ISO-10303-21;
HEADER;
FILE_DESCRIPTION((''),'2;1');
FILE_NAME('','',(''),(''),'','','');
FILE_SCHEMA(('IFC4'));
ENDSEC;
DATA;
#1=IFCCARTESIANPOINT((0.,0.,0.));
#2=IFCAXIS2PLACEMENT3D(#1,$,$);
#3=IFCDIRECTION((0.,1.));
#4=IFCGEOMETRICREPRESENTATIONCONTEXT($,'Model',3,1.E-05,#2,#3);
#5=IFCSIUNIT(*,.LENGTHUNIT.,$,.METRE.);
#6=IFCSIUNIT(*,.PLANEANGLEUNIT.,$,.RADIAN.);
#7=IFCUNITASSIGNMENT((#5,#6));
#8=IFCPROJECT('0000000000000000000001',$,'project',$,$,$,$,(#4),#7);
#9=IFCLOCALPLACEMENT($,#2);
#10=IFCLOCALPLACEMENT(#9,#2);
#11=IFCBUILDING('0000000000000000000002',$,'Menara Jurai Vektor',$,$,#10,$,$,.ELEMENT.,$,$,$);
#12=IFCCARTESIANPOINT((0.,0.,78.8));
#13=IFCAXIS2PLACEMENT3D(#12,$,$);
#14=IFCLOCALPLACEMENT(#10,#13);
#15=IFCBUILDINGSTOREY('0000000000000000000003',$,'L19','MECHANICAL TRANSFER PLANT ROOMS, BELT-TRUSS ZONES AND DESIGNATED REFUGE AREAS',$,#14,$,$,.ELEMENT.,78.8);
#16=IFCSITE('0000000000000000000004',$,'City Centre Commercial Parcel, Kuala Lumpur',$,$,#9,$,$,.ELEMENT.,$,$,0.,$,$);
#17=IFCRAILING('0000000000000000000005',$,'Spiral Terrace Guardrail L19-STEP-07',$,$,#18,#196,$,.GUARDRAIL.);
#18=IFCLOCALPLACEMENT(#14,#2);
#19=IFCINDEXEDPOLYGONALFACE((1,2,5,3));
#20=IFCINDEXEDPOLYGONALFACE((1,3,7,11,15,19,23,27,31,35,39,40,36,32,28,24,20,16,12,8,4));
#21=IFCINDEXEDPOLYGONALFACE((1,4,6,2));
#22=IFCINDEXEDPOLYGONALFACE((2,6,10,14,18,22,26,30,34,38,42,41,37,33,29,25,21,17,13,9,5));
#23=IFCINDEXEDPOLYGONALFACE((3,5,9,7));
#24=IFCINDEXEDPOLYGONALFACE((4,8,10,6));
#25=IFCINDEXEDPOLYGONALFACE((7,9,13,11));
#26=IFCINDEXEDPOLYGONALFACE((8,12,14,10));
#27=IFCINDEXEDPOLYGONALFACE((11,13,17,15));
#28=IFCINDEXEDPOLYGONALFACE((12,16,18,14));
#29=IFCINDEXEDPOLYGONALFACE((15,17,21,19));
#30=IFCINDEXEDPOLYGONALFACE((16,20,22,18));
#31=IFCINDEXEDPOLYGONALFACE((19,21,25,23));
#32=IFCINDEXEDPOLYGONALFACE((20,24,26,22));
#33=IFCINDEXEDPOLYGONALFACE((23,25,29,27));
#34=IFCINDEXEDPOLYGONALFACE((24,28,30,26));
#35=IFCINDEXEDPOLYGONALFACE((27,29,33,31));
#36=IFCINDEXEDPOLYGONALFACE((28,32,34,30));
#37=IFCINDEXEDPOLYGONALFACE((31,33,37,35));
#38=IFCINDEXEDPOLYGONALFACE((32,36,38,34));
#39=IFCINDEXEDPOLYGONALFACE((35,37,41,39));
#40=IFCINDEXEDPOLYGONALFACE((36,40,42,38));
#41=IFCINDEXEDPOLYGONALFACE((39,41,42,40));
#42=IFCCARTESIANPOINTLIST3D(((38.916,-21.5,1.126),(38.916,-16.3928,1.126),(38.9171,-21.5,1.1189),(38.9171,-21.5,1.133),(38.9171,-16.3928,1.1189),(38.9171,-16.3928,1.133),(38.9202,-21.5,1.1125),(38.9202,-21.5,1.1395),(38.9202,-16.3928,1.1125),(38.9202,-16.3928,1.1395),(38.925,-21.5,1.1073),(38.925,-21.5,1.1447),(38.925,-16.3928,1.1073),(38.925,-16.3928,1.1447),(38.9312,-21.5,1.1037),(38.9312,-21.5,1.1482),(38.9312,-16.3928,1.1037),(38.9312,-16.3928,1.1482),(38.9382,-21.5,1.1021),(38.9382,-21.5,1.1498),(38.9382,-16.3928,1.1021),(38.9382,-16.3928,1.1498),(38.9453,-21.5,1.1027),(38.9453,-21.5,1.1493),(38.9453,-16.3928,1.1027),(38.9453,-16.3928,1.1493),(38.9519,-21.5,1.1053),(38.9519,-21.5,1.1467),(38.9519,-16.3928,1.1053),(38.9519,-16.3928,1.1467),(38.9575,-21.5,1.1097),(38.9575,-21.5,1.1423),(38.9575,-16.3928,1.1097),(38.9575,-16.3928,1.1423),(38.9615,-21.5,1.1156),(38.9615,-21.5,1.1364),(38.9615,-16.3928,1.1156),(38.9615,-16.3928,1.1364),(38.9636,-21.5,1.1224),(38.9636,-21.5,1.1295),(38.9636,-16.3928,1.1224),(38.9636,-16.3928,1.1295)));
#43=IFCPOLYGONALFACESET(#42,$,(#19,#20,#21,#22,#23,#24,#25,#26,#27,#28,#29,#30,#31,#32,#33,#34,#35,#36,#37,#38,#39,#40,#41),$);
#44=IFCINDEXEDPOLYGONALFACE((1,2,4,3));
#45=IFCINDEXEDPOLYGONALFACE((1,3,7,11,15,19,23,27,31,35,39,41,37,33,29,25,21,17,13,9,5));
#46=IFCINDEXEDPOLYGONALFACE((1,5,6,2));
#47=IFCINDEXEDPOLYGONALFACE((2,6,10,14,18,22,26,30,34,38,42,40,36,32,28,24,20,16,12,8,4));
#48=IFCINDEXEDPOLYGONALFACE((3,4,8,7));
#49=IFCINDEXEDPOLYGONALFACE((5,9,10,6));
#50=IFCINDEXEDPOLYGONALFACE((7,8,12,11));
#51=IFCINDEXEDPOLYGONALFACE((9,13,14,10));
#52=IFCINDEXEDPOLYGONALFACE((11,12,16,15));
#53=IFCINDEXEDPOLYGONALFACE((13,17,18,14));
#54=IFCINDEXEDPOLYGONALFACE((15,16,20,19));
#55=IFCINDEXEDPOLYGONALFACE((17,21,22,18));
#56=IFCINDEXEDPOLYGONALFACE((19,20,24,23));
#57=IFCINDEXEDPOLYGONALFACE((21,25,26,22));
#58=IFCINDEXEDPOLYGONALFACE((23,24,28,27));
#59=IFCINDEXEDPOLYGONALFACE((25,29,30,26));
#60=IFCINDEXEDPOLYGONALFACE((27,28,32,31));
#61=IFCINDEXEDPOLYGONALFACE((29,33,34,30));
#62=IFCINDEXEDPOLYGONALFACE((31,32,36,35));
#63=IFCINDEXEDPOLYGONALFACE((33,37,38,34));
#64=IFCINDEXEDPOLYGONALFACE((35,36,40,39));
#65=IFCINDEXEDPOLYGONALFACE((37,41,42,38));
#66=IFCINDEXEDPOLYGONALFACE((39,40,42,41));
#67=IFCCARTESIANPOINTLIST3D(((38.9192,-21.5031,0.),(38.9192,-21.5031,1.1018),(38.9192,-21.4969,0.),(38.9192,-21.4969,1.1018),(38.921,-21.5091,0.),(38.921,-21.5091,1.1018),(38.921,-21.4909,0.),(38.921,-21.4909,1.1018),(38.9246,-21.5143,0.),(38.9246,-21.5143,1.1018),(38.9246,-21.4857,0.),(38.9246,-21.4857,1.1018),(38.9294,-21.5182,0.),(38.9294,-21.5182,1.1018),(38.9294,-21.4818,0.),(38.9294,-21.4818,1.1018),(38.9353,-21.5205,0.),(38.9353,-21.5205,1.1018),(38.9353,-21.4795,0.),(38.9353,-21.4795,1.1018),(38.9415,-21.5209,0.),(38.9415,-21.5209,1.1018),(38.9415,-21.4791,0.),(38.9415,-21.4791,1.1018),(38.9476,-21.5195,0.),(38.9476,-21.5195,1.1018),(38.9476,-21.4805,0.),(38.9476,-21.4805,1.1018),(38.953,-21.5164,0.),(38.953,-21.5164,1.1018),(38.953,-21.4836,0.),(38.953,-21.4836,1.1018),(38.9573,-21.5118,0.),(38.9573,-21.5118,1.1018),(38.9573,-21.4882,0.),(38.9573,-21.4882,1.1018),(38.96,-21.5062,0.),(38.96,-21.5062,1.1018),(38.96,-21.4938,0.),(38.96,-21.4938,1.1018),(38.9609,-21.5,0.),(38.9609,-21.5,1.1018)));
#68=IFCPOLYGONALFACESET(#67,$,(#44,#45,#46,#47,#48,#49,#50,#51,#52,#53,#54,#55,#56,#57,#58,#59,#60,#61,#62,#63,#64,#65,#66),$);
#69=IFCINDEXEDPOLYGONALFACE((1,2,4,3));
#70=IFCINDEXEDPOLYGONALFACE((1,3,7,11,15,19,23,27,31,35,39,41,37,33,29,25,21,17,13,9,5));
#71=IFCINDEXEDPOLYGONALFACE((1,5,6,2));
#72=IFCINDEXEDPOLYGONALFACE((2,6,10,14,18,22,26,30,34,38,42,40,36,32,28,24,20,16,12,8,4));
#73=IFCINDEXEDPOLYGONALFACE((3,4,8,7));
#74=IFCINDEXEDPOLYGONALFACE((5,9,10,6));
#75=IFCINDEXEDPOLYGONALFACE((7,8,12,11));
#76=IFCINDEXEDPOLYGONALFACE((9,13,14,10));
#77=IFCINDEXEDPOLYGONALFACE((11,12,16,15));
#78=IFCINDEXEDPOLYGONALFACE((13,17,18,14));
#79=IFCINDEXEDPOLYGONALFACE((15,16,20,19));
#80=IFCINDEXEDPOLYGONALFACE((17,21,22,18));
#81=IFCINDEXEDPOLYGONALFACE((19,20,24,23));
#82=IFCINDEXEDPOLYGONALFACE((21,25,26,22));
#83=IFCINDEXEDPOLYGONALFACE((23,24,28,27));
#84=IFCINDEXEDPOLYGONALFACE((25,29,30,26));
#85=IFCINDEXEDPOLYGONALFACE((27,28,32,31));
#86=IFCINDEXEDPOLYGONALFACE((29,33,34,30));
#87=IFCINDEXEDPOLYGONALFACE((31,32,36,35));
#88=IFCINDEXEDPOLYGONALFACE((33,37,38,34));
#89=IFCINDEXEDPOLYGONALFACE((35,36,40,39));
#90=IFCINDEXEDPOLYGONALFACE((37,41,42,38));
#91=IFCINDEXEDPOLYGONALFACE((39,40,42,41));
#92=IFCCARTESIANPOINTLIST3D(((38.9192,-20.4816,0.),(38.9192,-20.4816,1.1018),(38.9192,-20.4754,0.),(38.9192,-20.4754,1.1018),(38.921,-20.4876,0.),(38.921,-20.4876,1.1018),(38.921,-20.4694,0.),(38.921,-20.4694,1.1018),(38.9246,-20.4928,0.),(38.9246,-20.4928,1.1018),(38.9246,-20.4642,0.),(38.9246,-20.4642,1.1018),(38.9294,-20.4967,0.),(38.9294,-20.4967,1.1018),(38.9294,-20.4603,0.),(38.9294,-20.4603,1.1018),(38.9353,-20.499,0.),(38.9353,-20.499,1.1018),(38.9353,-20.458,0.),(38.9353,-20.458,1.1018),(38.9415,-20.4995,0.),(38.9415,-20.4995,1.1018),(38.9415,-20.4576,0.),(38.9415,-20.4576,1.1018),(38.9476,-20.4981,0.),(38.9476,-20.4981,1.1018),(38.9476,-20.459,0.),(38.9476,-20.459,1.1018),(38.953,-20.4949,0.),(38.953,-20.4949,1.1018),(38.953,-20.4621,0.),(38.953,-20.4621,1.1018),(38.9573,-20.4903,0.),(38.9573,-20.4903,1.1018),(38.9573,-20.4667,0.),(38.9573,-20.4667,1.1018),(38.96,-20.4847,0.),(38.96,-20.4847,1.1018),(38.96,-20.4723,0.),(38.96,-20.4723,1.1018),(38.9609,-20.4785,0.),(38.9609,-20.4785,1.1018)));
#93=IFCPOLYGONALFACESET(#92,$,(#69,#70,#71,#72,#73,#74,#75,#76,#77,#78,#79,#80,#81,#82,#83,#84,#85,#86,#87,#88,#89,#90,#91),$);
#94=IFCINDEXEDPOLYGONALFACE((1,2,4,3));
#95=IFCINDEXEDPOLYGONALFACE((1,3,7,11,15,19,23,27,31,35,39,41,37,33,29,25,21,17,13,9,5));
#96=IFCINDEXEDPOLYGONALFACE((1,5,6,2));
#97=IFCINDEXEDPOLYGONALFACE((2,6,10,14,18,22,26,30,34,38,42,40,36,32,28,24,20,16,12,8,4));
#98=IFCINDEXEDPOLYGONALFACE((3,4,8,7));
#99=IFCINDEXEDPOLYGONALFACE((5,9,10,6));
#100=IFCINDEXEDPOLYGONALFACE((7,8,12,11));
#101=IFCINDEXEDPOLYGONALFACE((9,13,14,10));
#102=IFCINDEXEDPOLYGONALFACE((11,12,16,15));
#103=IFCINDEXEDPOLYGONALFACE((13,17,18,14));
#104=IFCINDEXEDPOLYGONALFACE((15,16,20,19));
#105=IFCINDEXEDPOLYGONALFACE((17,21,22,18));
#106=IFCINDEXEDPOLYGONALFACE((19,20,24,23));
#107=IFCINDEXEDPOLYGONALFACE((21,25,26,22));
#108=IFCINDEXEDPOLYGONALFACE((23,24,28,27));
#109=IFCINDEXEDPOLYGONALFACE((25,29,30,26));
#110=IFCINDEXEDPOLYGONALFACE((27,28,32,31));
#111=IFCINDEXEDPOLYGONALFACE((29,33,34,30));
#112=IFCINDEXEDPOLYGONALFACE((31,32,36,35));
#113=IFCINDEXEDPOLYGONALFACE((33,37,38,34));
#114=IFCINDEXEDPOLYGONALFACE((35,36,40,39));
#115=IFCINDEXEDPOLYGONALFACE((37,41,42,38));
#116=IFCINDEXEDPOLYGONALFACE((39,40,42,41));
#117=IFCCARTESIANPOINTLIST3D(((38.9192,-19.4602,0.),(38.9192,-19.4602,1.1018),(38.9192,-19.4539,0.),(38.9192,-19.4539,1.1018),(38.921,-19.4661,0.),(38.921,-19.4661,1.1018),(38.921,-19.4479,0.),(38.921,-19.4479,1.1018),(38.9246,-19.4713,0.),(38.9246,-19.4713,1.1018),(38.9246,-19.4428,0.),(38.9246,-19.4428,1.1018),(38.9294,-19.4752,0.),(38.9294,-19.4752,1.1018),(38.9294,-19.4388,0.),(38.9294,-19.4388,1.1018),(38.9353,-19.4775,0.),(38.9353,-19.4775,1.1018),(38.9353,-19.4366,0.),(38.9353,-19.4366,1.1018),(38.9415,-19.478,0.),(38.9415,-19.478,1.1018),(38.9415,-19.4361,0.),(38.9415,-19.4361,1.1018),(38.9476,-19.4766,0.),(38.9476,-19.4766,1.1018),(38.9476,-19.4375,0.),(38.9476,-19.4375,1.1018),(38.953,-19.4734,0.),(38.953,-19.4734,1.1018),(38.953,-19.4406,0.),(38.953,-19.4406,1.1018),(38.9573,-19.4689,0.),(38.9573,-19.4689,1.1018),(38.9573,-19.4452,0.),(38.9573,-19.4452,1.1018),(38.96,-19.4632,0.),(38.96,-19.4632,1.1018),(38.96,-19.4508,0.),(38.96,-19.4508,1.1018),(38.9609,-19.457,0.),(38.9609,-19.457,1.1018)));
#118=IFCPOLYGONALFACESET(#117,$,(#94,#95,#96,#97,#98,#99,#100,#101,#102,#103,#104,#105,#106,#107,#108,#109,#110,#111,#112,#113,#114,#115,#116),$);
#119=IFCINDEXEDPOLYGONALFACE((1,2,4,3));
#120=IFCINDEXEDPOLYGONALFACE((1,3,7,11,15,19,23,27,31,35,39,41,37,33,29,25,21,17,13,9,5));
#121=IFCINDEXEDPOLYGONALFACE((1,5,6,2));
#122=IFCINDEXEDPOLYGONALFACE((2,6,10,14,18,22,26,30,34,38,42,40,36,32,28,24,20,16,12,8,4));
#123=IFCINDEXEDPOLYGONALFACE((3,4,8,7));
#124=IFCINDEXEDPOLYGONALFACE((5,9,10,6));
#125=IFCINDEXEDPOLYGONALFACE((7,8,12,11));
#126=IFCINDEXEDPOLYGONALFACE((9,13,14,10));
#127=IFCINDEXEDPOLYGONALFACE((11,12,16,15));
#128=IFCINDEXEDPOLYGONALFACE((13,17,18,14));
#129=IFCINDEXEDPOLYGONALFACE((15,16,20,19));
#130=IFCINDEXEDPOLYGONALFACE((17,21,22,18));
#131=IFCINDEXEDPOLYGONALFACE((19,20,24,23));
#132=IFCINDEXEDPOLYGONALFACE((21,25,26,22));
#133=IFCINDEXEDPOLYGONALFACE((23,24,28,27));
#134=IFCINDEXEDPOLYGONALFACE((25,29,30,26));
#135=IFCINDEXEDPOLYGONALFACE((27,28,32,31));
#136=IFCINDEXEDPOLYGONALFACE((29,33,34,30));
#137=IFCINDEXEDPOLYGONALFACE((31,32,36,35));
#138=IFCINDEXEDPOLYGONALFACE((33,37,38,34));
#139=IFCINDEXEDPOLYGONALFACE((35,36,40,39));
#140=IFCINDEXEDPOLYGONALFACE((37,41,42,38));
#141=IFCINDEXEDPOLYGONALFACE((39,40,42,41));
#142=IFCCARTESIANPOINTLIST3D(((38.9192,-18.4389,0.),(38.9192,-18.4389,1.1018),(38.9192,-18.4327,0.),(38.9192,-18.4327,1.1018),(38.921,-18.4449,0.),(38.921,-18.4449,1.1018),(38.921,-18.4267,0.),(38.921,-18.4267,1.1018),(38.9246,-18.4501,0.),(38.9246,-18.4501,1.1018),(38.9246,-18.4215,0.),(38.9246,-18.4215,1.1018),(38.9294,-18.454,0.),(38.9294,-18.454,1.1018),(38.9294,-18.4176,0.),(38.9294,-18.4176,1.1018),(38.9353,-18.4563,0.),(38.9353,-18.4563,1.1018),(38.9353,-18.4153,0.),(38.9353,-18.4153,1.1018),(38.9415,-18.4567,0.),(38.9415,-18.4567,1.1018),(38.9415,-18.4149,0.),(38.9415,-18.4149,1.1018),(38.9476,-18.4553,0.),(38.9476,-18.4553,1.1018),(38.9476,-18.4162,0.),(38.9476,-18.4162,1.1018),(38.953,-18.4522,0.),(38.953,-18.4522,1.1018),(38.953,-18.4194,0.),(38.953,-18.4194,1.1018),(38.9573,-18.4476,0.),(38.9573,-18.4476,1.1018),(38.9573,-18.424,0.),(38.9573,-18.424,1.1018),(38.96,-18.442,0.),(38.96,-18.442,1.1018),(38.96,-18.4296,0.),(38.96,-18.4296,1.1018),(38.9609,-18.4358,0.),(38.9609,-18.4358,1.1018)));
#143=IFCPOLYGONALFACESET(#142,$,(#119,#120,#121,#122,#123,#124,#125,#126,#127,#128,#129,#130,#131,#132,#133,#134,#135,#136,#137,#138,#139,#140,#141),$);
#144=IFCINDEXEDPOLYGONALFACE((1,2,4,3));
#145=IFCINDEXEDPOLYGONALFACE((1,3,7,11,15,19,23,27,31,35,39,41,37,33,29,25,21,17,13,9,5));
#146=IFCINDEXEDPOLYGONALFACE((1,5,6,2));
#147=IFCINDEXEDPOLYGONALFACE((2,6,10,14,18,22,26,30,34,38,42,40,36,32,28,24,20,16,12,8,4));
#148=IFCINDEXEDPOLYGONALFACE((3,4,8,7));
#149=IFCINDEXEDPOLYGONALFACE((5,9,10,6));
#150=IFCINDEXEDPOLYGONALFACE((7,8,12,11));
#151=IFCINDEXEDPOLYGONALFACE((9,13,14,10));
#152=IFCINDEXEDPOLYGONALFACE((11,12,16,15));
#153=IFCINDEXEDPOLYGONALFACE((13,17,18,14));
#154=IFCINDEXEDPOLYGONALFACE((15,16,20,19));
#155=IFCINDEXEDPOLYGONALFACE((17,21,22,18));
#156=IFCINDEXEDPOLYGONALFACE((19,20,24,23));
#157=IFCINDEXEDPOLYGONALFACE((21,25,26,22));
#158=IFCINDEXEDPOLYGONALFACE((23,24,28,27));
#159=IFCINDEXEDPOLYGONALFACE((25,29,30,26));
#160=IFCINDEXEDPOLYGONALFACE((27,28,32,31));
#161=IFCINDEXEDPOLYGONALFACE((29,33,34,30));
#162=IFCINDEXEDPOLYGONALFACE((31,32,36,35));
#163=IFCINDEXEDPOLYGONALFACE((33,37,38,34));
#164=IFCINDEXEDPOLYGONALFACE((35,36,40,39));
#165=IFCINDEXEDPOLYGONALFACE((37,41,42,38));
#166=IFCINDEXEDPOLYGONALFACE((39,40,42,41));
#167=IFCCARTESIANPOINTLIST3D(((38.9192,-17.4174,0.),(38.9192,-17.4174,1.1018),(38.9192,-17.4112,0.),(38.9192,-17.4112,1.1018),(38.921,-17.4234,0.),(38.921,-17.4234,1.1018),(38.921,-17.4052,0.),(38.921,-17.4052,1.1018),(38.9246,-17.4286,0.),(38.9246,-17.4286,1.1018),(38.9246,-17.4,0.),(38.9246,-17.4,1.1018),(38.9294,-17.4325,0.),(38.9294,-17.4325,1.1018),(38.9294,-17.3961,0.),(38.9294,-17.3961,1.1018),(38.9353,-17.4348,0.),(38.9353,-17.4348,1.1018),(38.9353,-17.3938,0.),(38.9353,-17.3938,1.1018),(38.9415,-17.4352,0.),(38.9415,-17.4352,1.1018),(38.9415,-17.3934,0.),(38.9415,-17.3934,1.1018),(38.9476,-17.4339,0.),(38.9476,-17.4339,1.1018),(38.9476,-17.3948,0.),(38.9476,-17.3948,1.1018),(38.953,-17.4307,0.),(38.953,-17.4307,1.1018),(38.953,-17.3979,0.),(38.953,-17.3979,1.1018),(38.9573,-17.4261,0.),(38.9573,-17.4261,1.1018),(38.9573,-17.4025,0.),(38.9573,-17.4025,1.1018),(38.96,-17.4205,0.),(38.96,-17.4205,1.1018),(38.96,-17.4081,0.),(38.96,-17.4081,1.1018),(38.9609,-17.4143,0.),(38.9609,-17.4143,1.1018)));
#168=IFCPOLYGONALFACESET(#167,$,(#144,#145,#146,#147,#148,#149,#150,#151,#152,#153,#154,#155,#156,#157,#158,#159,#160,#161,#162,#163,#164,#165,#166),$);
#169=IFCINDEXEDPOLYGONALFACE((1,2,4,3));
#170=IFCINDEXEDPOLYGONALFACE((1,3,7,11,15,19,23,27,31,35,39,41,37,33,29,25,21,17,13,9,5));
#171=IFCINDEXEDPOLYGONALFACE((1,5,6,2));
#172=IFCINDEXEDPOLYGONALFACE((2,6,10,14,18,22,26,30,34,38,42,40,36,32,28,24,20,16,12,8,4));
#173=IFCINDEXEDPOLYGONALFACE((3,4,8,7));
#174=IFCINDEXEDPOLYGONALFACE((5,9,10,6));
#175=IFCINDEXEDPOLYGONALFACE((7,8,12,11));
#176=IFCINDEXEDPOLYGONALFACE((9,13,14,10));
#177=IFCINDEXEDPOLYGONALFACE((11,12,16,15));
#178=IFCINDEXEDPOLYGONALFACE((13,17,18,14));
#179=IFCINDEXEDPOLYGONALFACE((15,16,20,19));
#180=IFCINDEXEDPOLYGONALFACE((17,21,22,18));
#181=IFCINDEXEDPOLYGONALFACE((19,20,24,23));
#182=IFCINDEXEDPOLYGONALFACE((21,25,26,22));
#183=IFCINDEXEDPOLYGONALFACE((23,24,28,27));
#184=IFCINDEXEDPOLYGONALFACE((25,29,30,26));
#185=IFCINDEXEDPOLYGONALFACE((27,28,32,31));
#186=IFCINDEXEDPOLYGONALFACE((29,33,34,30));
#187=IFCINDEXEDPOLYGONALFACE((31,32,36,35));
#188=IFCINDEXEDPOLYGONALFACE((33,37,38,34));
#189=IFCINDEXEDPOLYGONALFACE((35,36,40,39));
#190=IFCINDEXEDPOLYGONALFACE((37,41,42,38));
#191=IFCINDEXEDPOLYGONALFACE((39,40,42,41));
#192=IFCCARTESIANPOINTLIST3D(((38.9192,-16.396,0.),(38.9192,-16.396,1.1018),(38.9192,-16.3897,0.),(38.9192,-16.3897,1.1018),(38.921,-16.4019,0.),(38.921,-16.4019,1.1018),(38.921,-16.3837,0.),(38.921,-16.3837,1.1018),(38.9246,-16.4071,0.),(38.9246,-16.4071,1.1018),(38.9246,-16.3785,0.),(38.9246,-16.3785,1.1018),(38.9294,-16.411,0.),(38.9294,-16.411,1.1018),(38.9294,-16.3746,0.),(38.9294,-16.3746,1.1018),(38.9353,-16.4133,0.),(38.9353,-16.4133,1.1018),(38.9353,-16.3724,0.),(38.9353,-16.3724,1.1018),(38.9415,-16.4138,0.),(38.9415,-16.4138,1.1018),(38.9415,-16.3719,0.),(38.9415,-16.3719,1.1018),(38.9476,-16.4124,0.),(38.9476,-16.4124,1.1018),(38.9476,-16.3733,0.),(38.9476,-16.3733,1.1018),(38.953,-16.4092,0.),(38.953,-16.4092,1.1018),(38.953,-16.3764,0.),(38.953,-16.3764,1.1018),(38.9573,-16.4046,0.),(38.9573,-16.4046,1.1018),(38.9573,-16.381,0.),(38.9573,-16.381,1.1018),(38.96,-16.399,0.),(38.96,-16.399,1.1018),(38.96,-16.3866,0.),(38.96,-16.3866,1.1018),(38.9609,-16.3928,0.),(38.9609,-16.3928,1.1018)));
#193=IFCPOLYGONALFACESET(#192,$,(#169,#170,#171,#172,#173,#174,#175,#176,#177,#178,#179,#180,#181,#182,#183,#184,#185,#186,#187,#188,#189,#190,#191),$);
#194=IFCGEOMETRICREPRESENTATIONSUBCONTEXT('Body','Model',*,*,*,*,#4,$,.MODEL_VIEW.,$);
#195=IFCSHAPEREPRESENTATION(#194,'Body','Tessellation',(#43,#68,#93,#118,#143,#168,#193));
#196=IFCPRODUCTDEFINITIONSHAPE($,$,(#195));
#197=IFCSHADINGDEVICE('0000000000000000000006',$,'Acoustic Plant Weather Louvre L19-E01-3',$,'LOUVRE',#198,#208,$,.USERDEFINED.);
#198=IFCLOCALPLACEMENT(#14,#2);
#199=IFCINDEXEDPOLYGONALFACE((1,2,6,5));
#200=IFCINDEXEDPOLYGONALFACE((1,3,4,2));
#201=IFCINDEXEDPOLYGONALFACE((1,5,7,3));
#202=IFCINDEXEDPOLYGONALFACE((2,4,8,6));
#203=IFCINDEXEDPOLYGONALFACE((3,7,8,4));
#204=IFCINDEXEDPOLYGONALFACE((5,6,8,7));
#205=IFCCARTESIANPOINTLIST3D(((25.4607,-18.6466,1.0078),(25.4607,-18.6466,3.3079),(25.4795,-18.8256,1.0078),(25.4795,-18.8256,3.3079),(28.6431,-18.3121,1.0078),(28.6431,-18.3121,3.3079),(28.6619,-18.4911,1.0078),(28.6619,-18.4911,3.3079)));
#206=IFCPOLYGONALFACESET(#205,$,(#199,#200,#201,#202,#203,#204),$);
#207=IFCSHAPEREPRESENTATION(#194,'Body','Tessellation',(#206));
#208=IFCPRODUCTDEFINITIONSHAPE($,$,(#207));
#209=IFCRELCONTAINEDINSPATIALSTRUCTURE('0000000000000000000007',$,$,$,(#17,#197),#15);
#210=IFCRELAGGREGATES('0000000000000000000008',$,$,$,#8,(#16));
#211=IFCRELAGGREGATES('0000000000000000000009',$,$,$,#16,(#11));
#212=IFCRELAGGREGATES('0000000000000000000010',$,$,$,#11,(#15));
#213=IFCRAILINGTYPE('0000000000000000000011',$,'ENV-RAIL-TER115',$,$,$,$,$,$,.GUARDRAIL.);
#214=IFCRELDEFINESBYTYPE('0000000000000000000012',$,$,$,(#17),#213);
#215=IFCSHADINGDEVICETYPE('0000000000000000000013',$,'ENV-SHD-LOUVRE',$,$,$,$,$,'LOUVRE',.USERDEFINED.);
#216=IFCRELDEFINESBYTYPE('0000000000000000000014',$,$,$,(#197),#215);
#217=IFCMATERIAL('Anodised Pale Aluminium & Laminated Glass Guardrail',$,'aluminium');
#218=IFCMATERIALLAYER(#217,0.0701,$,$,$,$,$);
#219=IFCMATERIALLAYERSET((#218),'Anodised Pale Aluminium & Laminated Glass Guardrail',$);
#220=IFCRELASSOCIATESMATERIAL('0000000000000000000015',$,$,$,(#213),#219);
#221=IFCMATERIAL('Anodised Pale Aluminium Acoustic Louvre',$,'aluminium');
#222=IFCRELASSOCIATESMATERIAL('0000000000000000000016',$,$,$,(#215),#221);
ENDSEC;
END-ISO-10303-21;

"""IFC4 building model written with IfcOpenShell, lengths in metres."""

from ifc_helpers import new_model, si_unit, direction, frame, origin, origin_2d, place, context, subcontext, project, spatial, rectangle, circle, extrude, material, layer, layer_set, type_object, element, save


model = new_model("IFC4")

# Units and contexts
model_context = context("Model", 3, precision=1e-05, world=origin(), true_north=direction((0.0, 1.0)))
body_context = subcontext(model_context, "Body", "Model", "MODEL_VIEW")
ifc_project = project(units=[si_unit("LENGTHUNIT", "METRE"), si_unit("PLANEANGLEUNIT", "RADIAN")], contexts=[model_context])

# Site, building, storey
site_placement = place(None, origin())
site = spatial("IfcSite", under=ifc_project, at=site_placement, Name="City Centre Commercial Parcel, Kuala Lumpur", CompositionType="ELEMENT", RefElevation=0.0)
building_placement = place(site_placement, origin())
building = spatial("IfcBuilding", under=site, at=building_placement, Name="Menara Jurai Vektor", CompositionType="ELEMENT")
storey_placement = place(building_placement, frame((0.0, 0.0, 78.8)))
storey = spatial("IfcBuildingStorey", under=building, at=storey_placement, Name="L19", Description="MECHANICAL TRANSFER PLANT ROOMS, BELT-TRUSS ZONES AND DESIGNATED REFUGE AREAS", CompositionType="ELEMENT", Elevation=78.8)

# Railing
ifc_material_1 = material(Name="Anodised Pale Aluminium & Laminated Glass Guardrail", Category="aluminium")
ifc_layer_1 = layer(ifc_material_1, 0.0701)
ifc_layer_set_1 = layer_set([ifc_layer_1], Name="Anodised Pale Aluminium & Laminated Glass Guardrail")
railing_type = type_object("IfcRailingType", Name="ENV-RAIL-TER115", PredefinedType="GUARDRAIL", material=ifc_layer_set_1)
railing_1_placement = place(storey_placement, frame((38.9399, -21.5, 0.0)))
element("IfcRailing", 1, at=railing_1_placement, inside=storey, type_object=railing_type, Name="Spiral Terrace Guardrail L19-STEP-07", PredefinedType="GUARDRAIL", context=body_context, shape_type="SweptSolid", body=[
    extrude(circle(Radius=0.0239, at=origin_2d()), frame((0.0, 0.0, 1.126), z_axis=(0.0, 1.0, 0.0), x_axis=(-1.0, 0.0, 0.0)), (0.0, 0.0, 1.0), 5.1072),
    extrude(circle(Radius=0.021, at=origin_2d()), origin(), (0.0, 0.0, 1.0), 1.1018),
    extrude(circle(Radius=0.021, at=origin_2d()), frame((0.0, 1.0215, 0.0)), (0.0, 0.0, 1.0), 1.1018),
    extrude(circle(Radius=0.021, at=origin_2d()), frame((0.0, 2.043, 0.0)), (0.0, 0.0, 1.0), 1.1018),
    extrude(circle(Radius=0.021, at=origin_2d()), frame((0.0, 3.0642, 0.0)), (0.0, 0.0, 1.0), 1.1018),
    extrude(circle(Radius=0.021, at=origin_2d()), frame((0.0, 4.0857, 0.0)), (0.0, 0.0, 1.0), 1.1018),
    extrude(circle(Radius=0.021, at=origin_2d()), frame((0.0, 5.1072, 0.0)), (0.0, 0.0, 1.0), 1.1018),
])

# Shading device
ifc_material_2 = material(Name="Anodised Pale Aluminium Acoustic Louvre", Category="aluminium")
shading_device_type = type_object("IfcShadingDeviceType", Name="ENV-SHD-LOUVRE", ElementType="LOUVRE", PredefinedType="USERDEFINED", material=ifc_material_2)
shading_device_placement = place(storey_placement, frame((27.0613, -18.5688, 1.0078), z_axis=(0.0, 0.0, 1.0), x_axis=(0.994522, 0.104528, 0.0)))
element("IfcShadingDevice", 2, at=shading_device_placement, inside=storey, type_object=shading_device_type, Name="Acoustic Plant Weather Louvre L19-E01-3", ObjectType="LOUVRE", PredefinedType="USERDEFINED", context=body_context, shape_type="SweptSolid", body=[
    extrude(rectangle(XDim=3.2, YDim=0.1799, at=origin_2d()), origin(), (0.0, 0.0, 1.0), 2.3),
])

save(model, "model.ifc")
